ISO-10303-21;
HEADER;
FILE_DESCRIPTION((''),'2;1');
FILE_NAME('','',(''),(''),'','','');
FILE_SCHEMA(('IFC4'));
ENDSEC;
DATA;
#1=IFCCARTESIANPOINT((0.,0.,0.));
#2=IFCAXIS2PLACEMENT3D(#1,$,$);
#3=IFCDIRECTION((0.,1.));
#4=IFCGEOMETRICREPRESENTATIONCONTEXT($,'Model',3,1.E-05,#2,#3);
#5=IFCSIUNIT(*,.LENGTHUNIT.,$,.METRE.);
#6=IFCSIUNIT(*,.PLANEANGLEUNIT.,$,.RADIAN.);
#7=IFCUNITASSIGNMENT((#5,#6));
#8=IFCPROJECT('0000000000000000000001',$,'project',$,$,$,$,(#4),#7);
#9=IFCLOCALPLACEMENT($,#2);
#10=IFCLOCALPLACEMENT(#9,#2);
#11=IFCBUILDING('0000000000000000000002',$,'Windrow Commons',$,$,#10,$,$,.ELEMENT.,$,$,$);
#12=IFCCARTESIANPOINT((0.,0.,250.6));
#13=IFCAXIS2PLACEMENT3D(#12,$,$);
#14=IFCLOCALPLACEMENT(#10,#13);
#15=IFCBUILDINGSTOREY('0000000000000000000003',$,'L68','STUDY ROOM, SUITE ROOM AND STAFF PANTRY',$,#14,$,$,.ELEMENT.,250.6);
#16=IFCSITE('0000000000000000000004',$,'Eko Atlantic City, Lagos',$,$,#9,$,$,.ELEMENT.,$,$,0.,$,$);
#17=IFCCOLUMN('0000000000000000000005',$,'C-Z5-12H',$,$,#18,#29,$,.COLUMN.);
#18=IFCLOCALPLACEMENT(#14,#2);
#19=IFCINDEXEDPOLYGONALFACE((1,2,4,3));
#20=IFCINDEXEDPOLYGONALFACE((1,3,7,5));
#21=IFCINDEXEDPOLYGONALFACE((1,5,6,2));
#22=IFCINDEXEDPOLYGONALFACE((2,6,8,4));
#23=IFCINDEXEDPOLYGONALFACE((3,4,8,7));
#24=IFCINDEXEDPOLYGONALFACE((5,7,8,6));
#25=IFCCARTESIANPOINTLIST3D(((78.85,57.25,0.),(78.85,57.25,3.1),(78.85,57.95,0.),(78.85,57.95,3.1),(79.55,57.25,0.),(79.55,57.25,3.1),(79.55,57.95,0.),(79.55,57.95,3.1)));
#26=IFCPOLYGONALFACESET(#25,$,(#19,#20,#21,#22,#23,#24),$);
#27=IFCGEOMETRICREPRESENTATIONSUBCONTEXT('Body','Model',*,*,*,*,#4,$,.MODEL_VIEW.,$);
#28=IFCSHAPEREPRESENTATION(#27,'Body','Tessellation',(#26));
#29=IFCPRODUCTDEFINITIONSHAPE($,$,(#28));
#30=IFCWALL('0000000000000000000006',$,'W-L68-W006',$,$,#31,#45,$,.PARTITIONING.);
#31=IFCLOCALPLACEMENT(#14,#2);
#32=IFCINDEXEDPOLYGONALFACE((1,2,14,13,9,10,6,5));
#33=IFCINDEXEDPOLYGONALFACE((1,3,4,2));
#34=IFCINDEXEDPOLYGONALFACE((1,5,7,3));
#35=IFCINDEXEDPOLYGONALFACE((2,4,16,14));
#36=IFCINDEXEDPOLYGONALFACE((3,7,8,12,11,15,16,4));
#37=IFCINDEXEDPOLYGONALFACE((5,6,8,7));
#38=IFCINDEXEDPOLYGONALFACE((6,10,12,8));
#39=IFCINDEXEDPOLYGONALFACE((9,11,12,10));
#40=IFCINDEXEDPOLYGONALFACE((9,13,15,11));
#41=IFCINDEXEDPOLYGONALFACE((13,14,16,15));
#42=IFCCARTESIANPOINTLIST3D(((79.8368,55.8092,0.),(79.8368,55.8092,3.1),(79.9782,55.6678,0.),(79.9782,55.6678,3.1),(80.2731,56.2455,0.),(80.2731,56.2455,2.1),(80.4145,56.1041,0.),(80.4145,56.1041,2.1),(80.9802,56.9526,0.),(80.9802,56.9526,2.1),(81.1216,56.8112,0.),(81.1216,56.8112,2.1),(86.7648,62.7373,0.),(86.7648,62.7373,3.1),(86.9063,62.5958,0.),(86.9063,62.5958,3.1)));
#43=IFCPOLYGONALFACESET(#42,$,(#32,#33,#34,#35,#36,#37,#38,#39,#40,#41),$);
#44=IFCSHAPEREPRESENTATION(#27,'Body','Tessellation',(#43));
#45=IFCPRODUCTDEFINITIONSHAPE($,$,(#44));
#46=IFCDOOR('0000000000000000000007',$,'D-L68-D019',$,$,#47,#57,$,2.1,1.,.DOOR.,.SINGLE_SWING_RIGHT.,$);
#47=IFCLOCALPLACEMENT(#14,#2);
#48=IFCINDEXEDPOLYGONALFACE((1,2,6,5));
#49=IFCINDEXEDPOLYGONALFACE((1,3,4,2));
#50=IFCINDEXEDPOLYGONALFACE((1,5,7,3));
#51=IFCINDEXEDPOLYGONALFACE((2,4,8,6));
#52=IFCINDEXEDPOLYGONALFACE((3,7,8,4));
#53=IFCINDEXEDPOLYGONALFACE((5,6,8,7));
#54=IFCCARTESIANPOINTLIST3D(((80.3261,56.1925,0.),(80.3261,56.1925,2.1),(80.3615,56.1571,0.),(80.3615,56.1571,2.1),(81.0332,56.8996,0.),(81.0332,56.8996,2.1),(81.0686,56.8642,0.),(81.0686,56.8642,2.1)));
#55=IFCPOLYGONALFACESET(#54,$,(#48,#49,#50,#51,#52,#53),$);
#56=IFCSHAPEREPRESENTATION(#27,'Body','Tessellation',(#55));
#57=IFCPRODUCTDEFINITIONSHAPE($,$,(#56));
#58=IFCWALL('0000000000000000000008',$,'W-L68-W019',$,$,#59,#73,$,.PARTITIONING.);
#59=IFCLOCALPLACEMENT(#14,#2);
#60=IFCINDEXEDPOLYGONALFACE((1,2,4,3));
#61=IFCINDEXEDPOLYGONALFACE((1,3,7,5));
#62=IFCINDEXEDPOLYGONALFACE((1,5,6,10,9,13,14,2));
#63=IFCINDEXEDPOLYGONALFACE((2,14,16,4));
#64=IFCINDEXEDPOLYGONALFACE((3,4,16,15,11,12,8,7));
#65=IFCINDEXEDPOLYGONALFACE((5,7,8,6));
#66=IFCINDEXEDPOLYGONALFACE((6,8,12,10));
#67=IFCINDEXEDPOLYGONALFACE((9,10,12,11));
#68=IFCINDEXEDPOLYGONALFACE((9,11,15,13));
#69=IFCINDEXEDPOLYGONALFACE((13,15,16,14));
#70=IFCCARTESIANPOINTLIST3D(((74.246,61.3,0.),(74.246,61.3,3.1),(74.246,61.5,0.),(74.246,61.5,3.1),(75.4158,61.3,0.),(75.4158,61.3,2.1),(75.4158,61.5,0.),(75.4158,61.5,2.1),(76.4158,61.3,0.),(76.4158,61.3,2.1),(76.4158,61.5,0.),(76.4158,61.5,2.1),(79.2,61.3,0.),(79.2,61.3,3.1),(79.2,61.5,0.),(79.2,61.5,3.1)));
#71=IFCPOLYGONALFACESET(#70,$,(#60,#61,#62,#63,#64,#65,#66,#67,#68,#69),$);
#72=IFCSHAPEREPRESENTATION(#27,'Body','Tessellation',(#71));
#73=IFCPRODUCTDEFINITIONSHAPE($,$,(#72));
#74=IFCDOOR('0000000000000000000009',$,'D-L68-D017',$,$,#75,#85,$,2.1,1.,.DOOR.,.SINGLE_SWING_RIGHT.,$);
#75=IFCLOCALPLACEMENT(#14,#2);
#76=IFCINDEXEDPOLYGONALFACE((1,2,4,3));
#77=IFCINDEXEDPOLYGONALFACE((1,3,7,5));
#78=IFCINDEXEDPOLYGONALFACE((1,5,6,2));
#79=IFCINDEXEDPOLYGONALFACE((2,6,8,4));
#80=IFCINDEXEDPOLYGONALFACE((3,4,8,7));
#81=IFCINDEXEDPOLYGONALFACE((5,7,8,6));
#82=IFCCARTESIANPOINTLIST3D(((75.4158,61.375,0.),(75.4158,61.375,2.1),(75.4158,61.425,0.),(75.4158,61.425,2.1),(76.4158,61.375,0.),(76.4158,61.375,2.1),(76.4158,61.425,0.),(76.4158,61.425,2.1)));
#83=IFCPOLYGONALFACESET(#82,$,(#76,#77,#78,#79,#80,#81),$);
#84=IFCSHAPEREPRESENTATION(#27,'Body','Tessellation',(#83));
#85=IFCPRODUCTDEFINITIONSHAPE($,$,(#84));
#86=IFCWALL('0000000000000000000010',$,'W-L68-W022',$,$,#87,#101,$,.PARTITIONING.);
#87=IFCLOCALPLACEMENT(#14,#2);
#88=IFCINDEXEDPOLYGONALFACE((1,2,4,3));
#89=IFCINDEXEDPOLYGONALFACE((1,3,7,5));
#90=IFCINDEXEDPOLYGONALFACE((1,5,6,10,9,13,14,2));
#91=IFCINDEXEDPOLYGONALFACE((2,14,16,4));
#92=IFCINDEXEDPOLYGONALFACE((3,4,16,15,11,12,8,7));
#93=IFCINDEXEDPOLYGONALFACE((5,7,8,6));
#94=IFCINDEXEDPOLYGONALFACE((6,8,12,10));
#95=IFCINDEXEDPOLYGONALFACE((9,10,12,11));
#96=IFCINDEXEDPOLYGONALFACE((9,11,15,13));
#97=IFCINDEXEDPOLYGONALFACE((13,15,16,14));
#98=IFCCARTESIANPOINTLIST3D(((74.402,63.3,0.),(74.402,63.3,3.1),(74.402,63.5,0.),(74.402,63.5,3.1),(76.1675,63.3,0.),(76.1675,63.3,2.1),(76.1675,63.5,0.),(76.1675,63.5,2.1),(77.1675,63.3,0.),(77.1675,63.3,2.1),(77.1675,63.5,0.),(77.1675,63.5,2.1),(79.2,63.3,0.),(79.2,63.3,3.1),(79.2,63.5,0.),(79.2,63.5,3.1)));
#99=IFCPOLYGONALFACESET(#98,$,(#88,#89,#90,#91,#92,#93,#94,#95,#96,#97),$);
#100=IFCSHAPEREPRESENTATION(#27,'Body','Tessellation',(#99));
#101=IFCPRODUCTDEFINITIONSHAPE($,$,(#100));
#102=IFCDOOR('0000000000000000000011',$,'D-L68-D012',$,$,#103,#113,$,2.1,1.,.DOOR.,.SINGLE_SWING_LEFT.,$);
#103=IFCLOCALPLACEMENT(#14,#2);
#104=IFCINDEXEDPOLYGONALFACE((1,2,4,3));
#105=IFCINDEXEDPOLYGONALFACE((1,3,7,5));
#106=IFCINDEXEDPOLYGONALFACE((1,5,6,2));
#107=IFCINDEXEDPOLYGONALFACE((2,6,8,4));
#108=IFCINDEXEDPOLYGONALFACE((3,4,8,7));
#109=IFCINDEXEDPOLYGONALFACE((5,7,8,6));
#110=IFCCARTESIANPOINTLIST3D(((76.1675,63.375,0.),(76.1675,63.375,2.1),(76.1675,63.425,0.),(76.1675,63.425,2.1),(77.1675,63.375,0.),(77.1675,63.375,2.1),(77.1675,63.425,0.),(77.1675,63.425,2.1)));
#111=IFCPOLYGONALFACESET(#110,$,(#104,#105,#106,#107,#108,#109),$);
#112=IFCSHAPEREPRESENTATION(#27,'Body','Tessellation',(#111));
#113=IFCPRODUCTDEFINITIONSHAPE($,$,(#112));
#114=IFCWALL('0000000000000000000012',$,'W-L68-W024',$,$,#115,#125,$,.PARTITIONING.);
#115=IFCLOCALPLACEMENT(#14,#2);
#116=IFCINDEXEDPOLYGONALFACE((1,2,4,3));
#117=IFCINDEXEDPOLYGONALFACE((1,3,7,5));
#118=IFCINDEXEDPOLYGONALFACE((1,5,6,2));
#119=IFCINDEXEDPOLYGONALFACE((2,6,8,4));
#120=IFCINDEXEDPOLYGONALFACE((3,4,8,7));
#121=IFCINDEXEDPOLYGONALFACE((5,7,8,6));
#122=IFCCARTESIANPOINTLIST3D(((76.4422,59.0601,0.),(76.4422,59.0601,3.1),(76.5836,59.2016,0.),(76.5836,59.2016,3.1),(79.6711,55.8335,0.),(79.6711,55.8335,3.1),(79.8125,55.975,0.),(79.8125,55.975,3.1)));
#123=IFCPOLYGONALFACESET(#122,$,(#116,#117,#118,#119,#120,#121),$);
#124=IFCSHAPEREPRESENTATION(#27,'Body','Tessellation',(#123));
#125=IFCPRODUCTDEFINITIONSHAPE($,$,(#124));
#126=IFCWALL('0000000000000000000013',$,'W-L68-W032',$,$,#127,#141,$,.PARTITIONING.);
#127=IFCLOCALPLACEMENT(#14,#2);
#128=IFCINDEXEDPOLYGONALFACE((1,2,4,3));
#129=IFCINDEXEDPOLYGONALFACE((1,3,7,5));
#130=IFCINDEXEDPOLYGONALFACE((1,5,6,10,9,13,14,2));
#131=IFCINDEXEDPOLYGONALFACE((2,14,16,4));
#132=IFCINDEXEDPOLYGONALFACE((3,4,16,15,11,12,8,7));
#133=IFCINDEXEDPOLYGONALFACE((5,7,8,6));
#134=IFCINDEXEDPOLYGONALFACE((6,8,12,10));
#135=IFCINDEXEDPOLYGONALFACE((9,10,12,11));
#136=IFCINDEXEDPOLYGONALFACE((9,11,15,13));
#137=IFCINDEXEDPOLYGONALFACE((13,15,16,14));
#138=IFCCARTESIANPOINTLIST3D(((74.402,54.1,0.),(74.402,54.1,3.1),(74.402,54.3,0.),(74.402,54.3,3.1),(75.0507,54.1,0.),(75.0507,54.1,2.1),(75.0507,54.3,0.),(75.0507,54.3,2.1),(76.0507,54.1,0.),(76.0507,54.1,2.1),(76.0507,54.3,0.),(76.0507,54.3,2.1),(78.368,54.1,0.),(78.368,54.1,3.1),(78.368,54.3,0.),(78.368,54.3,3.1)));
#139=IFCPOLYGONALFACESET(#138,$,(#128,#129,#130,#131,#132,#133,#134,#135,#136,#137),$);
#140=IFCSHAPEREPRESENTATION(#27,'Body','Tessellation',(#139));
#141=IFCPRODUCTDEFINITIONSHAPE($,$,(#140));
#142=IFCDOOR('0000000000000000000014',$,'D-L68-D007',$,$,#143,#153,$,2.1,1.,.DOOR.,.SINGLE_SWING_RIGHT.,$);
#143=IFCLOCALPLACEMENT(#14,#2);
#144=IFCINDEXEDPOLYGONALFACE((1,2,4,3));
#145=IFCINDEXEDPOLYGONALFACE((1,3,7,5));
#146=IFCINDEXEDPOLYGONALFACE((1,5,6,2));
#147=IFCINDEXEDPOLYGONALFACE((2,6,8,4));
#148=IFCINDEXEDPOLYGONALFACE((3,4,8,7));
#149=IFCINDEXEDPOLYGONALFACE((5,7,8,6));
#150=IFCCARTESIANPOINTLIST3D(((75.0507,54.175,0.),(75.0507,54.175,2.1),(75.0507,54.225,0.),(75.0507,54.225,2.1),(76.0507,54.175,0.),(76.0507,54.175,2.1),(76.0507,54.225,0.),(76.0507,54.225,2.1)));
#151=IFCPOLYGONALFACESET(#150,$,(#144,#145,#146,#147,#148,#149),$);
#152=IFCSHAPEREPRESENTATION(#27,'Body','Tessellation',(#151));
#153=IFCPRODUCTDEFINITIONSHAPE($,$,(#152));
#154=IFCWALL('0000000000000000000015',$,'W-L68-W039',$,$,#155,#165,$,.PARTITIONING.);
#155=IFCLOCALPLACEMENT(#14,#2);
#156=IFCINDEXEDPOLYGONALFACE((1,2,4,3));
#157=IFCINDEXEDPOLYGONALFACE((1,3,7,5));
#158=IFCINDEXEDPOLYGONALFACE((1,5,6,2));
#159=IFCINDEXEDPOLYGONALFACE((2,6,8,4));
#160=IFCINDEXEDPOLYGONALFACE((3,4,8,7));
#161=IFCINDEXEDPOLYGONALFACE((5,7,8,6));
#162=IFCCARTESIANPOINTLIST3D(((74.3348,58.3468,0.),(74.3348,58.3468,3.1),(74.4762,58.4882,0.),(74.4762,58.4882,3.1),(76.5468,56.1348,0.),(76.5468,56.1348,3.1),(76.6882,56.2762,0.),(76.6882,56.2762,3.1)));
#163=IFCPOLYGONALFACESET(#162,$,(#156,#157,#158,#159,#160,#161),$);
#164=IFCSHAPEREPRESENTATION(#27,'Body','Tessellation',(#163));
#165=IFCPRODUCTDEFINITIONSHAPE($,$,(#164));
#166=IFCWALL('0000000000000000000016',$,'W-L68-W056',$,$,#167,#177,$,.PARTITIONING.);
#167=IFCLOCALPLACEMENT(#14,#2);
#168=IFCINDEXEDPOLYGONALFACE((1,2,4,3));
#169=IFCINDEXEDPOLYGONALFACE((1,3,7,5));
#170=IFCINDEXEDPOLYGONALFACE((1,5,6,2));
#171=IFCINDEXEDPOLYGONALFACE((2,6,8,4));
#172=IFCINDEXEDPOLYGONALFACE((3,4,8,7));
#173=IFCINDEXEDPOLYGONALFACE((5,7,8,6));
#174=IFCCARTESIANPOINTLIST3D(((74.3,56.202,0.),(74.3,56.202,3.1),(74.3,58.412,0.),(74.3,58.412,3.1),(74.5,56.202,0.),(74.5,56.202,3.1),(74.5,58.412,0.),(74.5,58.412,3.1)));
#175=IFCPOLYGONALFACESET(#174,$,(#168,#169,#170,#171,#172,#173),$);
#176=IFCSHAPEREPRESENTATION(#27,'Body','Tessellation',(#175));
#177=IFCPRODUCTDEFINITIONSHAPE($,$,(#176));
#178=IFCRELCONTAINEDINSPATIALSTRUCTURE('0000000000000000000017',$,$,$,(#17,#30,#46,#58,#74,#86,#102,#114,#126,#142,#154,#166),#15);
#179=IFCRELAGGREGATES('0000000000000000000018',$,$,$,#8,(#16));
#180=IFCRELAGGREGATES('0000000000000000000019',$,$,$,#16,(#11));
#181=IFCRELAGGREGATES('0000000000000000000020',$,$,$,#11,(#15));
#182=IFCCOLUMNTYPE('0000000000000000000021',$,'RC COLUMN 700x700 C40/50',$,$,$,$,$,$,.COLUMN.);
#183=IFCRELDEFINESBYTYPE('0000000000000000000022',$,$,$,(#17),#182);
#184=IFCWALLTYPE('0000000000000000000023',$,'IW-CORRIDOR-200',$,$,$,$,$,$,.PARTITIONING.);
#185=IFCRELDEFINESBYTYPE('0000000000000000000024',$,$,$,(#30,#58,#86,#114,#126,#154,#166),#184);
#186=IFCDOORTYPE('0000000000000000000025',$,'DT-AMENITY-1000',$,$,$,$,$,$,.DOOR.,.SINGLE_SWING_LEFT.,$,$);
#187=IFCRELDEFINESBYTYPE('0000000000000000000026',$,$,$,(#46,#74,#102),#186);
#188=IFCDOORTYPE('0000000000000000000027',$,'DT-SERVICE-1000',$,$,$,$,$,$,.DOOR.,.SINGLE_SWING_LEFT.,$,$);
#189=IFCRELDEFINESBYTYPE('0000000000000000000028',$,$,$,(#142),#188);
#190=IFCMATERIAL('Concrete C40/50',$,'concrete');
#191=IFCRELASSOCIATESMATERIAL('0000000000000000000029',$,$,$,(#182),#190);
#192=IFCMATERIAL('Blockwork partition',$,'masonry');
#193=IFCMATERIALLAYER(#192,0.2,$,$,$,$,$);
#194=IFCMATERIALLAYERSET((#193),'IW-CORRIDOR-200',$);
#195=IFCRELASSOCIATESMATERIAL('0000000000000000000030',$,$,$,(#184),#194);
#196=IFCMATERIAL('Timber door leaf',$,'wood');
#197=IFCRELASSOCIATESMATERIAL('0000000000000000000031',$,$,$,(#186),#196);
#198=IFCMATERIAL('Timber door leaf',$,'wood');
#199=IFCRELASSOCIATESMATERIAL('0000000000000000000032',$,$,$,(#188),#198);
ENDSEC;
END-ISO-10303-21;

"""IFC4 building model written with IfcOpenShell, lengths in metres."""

from ifc_helpers import new_model, si_unit, direction, frame, frame_2d, origin, origin_2d, place, context, subcontext, project, spatial, rectangle, extrude, material, layer, layer_set, material_profile, profile_set, type_object, element, fill, save


model = new_model("IFC4")

# Units and contexts
model_context = context("Model", 3, precision=1e-05, world=origin(), true_north=direction((0.0, 1.0)))
body_context = subcontext(model_context, "Body", "Model", "MODEL_VIEW")
ifc_project = project(units=[si_unit("LENGTHUNIT", "METRE"), si_unit("PLANEANGLEUNIT", "RADIAN")], contexts=[model_context])

# Site, building, storey
site_placement = place(None, origin())
site = spatial("IfcSite", under=ifc_project, at=site_placement, Name="Eko Atlantic City, Lagos", CompositionType="ELEMENT", RefElevation=0.0)
building_placement = place(site_placement, origin())
building = spatial("IfcBuilding", under=site, at=building_placement, Name="Windrow Commons", CompositionType="ELEMENT")
storey_placement = place(building_placement, frame((0.0, 0.0, 250.6)))
storey = spatial("IfcBuildingStorey", under=building, at=storey_placement, Name="L68", Description="STUDY ROOM, SUITE ROOM AND STAFF PANTRY", CompositionType="ELEMENT", Elevation=250.6)

# Column
ifc_material_1 = material(Name="Concrete C40/50", Category="concrete")
ifc_material_profile = material_profile(ifc_material_1, rectangle(XDim=0.7, YDim=0.7, at=origin_2d()))
ifc_profile_set = profile_set([ifc_material_profile], Name="Concrete C40/50")
column_type = type_object("IfcColumnType", Name="RC COLUMN 700x700 C40/50", PredefinedType="COLUMN", material=ifc_profile_set)
column_placement = place(storey_placement, frame((79.2, 57.6, 0.0), z_axis=(0.0, 0.0, 1.0), x_axis=(1.0, 0.0, 0.0)))
element("IfcColumn", 1, at=column_placement, inside=storey, type_object=column_type, Name="C-Z5-12H", PredefinedType="COLUMN", context=body_context, shape_type="SweptSolid", body=[
    extrude(rectangle(XDim=0.7, YDim=0.7, at=origin_2d()), origin(), (0.0, 0.0, 1.0), 3.1),
])

# Walls, openings, doors
ifc_material_2 = material(Name="Blockwork partition", Category="masonry")
ifc_layer_1 = layer(ifc_material_2, 0.2)
ifc_layer_set_1 = layer_set([ifc_layer_1], Name="IW-CORRIDOR-200")
wall_type_1 = type_object("IfcWallType", Name="IW-CORRIDOR-200", PredefinedType="PARTITIONING", material=ifc_layer_set_1)
wall_1_placement = place(storey_placement, frame((79.9075, 55.7385, 0.0), z_axis=(0.0, 0.0, 1.0), x_axis=(0.707107, 0.707107, 0.0)))
wall_1 = element("IfcWall", 2, at=wall_1_placement, inside=storey, type_object=wall_type_1, Name="W-L68-W006", PredefinedType="PARTITIONING", context=body_context, shape_type="SweptSolid", body=[
    extrude(rectangle(XDim=9.7977, YDim=0.2, at=frame_2d((4.8989, 0.0))), origin(), (0.0, 0.0, 1.0), 3.1),
])
opening_1_placement = place(wall_1_placement, frame((0.617, 0.0, 0.0)))
opening_1 = element("IfcOpeningElement", 3, at=opening_1_placement, cuts=wall_1, PredefinedType="OPENING", context=body_context, shape_type="SweptSolid", body=[
    extrude(rectangle(XDim=1.0, YDim=2.1, at=frame_2d((0.5, 1.05))), frame((0.0, 0.11, 0.0), z_axis=(0.0, -1.0, 0.0), x_axis=(1.0, 0.0, 0.0)), (0.0, 0.0, 1.0), 0.22),
])
ifc_material_3 = material(Name="Timber door leaf", Category="wood")
door_type_1 = type_object("IfcDoorType", Name="DT-AMENITY-1000", OperationType="SINGLE_SWING_LEFT", PredefinedType="DOOR", material=ifc_material_3)
door_1_placement = place(opening_1_placement, origin())
door_1 = element("IfcDoor", 4, at=door_1_placement, inside=storey, type_object=door_type_1, Name="D-L68-D019", OperationType="SINGLE_SWING_RIGHT", OverallHeight=2.1, OverallWidth=1.0, PredefinedType="DOOR", context=body_context, shape_type="SweptSolid", body=[
    extrude(rectangle(XDim=1.0, YDim=2.1, at=frame_2d((0.5, 1.05))), frame((0.0, 0.025, 0.0), z_axis=(0.0, -1.0, 0.0), x_axis=(1.0, 0.0, 0.0)), (0.0, 0.0, 1.0), 0.05),
])
fill(opening_1, door_1)
wall_2_placement = place(storey_placement, frame((74.246, 61.4, 0.0), z_axis=(0.0, 0.0, 1.0), x_axis=(1.0, 0.0, 0.0)))
wall_2 = element("IfcWall", 5, at=wall_2_placement, inside=storey, type_object=wall_type_1, Name="W-L68-W019", PredefinedType="PARTITIONING", context=body_context, shape_type="SweptSolid", body=[
    extrude(rectangle(XDim=4.954, YDim=0.2, at=frame_2d((2.477, 0.0))), origin(), (0.0, 0.0, 1.0), 3.1),
])
opening_2_placement = place(wall_2_placement, frame((1.1698, 0.0, 0.0)))
opening_2 = element("IfcOpeningElement", 6, at=opening_2_placement, cuts=wall_2, PredefinedType="OPENING", context=body_context, shape_type="SweptSolid", body=[
    extrude(rectangle(XDim=1.0, YDim=2.1, at=frame_2d((0.5, 1.05))), frame((0.0, 0.11, 0.0), z_axis=(0.0, -1.0, 0.0), x_axis=(1.0, 0.0, 0.0)), (0.0, 0.0, 1.0), 0.22),
])
door_2_placement = place(opening_2_placement, origin())
door_2 = element("IfcDoor", 7, at=door_2_placement, inside=storey, type_object=door_type_1, Name="D-L68-D017", OperationType="SINGLE_SWING_RIGHT", OverallHeight=2.1, OverallWidth=1.0, PredefinedType="DOOR", context=body_context, shape_type="SweptSolid", body=[
    extrude(rectangle(XDim=1.0, YDim=2.1, at=frame_2d((0.5, 1.05))), frame((0.0, 0.025, 0.0), z_axis=(0.0, -1.0, 0.0), x_axis=(1.0, 0.0, 0.0)), (0.0, 0.0, 1.0), 0.05),
])
fill(opening_2, door_2)
wall_3_placement = place(storey_placement, frame((74.402, 63.4, 0.0), z_axis=(0.0, 0.0, 1.0), x_axis=(1.0, 0.0, 0.0)))
wall_3 = element("IfcWall", 8, at=wall_3_placement, inside=storey, type_object=wall_type_1, Name="W-L68-W022", PredefinedType="PARTITIONING", context=body_context, shape_type="SweptSolid", body=[
    extrude(rectangle(XDim=4.798, YDim=0.2, at=frame_2d((2.399, 0.0))), origin(), (0.0, 0.0, 1.0), 3.1),
])
opening_3_placement = place(wall_3_placement, frame((1.7655, 0.0, 0.0)))
opening_3 = element("IfcOpeningElement", 9, at=opening_3_placement, cuts=wall_3, PredefinedType="OPENING", context=body_context, shape_type="SweptSolid", body=[
    extrude(rectangle(XDim=1.0, YDim=2.1, at=frame_2d((0.5, 1.05))), frame((0.0, 0.11, 0.0), z_axis=(0.0, -1.0, 0.0), x_axis=(1.0, 0.0, 0.0)), (0.0, 0.0, 1.0), 0.22),
])
door_3_placement = place(opening_3_placement, origin())
door_3 = element("IfcDoor", 10, at=door_3_placement, inside=storey, type_object=door_type_1, Name="D-L68-D012", OperationType="SINGLE_SWING_LEFT", OverallHeight=2.1, OverallWidth=1.0, PredefinedType="DOOR", context=body_context, shape_type="SweptSolid", body=[
    extrude(rectangle(XDim=1.0, YDim=2.1, at=frame_2d((0.5, 1.05))), frame((0.0, 0.025, 0.0), z_axis=(0.0, -1.0, 0.0), x_axis=(1.0, 0.0, 0.0)), (0.0, 0.0, 1.0), 0.05),
])
fill(opening_3, door_3)

# Wall
wall_4_placement = place(storey_placement, frame((76.5129, 59.1309, 0.0), z_axis=(0.0, 0.0, 1.0), x_axis=(0.707359, -0.706855, 0.0)))
element("IfcWall", 11, at=wall_4_placement, inside=storey, type_object=wall_type_1, Name="W-L68-W024", PredefinedType="PARTITIONING", context=body_context, shape_type="SweptSolid", body=[
    extrude(rectangle(XDim=4.5647, YDim=0.2, at=frame_2d((2.2824, 0.0))), origin(), (0.0, 0.0, 1.0), 3.1),
])

# Wall, opening, door
wall_5_placement = place(storey_placement, frame((74.402, 54.2, 0.0), z_axis=(0.0, 0.0, 1.0), x_axis=(1.0, 0.0, 0.0)))
wall_5 = element("IfcWall", 12, at=wall_5_placement, inside=storey, type_object=wall_type_1, Name="W-L68-W032", PredefinedType="PARTITIONING", context=body_context, shape_type="SweptSolid", body=[
    extrude(rectangle(XDim=3.966, YDim=0.2, at=frame_2d((1.983, 0.0))), origin(), (0.0, 0.0, 1.0), 3.1),
])
opening_4_placement = place(wall_5_placement, frame((0.6487, 0.0, 0.0)))
opening_4 = element("IfcOpeningElement", 13, at=opening_4_placement, cuts=wall_5, PredefinedType="OPENING", context=body_context, shape_type="SweptSolid", body=[
    extrude(rectangle(XDim=1.0, YDim=2.1, at=frame_2d((0.5, 1.05))), frame((0.0, 0.11, 0.0), z_axis=(0.0, -1.0, 0.0), x_axis=(1.0, 0.0, 0.0)), (0.0, 0.0, 1.0), 0.22),
])
ifc_material_4 = material(Name="Timber door leaf", Category="wood")
door_type_2 = type_object("IfcDoorType", Name="DT-SERVICE-1000", OperationType="SINGLE_SWING_LEFT", PredefinedType="DOOR", material=ifc_material_4)
door_4_placement = place(opening_4_placement, origin())
door_4 = element("IfcDoor", 14, at=door_4_placement, inside=storey, type_object=door_type_2, Name="D-L68-D007", OperationType="SINGLE_SWING_RIGHT", OverallHeight=2.1, OverallWidth=1.0, PredefinedType="DOOR", context=body_context, shape_type="SweptSolid", body=[
    extrude(rectangle(XDim=1.0, YDim=2.1, at=frame_2d((0.5, 1.05))), frame((0.0, 0.025, 0.0), z_axis=(0.0, -1.0, 0.0), x_axis=(1.0, 0.0, 0.0)), (0.0, 0.0, 1.0), 0.05),
])
fill(opening_4, door_4)

# Walls
wall_6_placement = place(storey_placement, frame((74.4055, 58.4175, 0.0), z_axis=(0.0, 0.0, 1.0), x_axis=(0.707107, -0.707107, 0.0)))
element("IfcWall", 15, at=wall_6_placement, inside=storey, type_object=wall_type_1, Name="W-L68-W039", PredefinedType="PARTITIONING", context=body_context, shape_type="SweptSolid", body=[
    extrude(rectangle(XDim=3.1282, YDim=0.2, at=frame_2d((1.5641, 0.0))), origin(), (0.0, 0.0, 1.0), 3.1),
])
for number, where, z_axis, x_axis, name in (
    (16, (74.4, 56.202, 0.0), (0.0, 0.0, 1.0), (0.0, 1.0, 0.0), "W-L68-W056"),
):
    element("IfcWall", number, at=place(storey_placement, frame(where, z_axis=z_axis, x_axis=x_axis)), inside=storey, type_object=wall_type_1, Name=name, PredefinedType="PARTITIONING", context=body_context, shape_type="SweptSolid", body=[
        extrude(rectangle(XDim=2.21, YDim=0.2, at=frame_2d((1.105, 0.0))), origin(), (0.0, 0.0, 1.0), 3.1),
    ])

save(model, "model.ifc")
